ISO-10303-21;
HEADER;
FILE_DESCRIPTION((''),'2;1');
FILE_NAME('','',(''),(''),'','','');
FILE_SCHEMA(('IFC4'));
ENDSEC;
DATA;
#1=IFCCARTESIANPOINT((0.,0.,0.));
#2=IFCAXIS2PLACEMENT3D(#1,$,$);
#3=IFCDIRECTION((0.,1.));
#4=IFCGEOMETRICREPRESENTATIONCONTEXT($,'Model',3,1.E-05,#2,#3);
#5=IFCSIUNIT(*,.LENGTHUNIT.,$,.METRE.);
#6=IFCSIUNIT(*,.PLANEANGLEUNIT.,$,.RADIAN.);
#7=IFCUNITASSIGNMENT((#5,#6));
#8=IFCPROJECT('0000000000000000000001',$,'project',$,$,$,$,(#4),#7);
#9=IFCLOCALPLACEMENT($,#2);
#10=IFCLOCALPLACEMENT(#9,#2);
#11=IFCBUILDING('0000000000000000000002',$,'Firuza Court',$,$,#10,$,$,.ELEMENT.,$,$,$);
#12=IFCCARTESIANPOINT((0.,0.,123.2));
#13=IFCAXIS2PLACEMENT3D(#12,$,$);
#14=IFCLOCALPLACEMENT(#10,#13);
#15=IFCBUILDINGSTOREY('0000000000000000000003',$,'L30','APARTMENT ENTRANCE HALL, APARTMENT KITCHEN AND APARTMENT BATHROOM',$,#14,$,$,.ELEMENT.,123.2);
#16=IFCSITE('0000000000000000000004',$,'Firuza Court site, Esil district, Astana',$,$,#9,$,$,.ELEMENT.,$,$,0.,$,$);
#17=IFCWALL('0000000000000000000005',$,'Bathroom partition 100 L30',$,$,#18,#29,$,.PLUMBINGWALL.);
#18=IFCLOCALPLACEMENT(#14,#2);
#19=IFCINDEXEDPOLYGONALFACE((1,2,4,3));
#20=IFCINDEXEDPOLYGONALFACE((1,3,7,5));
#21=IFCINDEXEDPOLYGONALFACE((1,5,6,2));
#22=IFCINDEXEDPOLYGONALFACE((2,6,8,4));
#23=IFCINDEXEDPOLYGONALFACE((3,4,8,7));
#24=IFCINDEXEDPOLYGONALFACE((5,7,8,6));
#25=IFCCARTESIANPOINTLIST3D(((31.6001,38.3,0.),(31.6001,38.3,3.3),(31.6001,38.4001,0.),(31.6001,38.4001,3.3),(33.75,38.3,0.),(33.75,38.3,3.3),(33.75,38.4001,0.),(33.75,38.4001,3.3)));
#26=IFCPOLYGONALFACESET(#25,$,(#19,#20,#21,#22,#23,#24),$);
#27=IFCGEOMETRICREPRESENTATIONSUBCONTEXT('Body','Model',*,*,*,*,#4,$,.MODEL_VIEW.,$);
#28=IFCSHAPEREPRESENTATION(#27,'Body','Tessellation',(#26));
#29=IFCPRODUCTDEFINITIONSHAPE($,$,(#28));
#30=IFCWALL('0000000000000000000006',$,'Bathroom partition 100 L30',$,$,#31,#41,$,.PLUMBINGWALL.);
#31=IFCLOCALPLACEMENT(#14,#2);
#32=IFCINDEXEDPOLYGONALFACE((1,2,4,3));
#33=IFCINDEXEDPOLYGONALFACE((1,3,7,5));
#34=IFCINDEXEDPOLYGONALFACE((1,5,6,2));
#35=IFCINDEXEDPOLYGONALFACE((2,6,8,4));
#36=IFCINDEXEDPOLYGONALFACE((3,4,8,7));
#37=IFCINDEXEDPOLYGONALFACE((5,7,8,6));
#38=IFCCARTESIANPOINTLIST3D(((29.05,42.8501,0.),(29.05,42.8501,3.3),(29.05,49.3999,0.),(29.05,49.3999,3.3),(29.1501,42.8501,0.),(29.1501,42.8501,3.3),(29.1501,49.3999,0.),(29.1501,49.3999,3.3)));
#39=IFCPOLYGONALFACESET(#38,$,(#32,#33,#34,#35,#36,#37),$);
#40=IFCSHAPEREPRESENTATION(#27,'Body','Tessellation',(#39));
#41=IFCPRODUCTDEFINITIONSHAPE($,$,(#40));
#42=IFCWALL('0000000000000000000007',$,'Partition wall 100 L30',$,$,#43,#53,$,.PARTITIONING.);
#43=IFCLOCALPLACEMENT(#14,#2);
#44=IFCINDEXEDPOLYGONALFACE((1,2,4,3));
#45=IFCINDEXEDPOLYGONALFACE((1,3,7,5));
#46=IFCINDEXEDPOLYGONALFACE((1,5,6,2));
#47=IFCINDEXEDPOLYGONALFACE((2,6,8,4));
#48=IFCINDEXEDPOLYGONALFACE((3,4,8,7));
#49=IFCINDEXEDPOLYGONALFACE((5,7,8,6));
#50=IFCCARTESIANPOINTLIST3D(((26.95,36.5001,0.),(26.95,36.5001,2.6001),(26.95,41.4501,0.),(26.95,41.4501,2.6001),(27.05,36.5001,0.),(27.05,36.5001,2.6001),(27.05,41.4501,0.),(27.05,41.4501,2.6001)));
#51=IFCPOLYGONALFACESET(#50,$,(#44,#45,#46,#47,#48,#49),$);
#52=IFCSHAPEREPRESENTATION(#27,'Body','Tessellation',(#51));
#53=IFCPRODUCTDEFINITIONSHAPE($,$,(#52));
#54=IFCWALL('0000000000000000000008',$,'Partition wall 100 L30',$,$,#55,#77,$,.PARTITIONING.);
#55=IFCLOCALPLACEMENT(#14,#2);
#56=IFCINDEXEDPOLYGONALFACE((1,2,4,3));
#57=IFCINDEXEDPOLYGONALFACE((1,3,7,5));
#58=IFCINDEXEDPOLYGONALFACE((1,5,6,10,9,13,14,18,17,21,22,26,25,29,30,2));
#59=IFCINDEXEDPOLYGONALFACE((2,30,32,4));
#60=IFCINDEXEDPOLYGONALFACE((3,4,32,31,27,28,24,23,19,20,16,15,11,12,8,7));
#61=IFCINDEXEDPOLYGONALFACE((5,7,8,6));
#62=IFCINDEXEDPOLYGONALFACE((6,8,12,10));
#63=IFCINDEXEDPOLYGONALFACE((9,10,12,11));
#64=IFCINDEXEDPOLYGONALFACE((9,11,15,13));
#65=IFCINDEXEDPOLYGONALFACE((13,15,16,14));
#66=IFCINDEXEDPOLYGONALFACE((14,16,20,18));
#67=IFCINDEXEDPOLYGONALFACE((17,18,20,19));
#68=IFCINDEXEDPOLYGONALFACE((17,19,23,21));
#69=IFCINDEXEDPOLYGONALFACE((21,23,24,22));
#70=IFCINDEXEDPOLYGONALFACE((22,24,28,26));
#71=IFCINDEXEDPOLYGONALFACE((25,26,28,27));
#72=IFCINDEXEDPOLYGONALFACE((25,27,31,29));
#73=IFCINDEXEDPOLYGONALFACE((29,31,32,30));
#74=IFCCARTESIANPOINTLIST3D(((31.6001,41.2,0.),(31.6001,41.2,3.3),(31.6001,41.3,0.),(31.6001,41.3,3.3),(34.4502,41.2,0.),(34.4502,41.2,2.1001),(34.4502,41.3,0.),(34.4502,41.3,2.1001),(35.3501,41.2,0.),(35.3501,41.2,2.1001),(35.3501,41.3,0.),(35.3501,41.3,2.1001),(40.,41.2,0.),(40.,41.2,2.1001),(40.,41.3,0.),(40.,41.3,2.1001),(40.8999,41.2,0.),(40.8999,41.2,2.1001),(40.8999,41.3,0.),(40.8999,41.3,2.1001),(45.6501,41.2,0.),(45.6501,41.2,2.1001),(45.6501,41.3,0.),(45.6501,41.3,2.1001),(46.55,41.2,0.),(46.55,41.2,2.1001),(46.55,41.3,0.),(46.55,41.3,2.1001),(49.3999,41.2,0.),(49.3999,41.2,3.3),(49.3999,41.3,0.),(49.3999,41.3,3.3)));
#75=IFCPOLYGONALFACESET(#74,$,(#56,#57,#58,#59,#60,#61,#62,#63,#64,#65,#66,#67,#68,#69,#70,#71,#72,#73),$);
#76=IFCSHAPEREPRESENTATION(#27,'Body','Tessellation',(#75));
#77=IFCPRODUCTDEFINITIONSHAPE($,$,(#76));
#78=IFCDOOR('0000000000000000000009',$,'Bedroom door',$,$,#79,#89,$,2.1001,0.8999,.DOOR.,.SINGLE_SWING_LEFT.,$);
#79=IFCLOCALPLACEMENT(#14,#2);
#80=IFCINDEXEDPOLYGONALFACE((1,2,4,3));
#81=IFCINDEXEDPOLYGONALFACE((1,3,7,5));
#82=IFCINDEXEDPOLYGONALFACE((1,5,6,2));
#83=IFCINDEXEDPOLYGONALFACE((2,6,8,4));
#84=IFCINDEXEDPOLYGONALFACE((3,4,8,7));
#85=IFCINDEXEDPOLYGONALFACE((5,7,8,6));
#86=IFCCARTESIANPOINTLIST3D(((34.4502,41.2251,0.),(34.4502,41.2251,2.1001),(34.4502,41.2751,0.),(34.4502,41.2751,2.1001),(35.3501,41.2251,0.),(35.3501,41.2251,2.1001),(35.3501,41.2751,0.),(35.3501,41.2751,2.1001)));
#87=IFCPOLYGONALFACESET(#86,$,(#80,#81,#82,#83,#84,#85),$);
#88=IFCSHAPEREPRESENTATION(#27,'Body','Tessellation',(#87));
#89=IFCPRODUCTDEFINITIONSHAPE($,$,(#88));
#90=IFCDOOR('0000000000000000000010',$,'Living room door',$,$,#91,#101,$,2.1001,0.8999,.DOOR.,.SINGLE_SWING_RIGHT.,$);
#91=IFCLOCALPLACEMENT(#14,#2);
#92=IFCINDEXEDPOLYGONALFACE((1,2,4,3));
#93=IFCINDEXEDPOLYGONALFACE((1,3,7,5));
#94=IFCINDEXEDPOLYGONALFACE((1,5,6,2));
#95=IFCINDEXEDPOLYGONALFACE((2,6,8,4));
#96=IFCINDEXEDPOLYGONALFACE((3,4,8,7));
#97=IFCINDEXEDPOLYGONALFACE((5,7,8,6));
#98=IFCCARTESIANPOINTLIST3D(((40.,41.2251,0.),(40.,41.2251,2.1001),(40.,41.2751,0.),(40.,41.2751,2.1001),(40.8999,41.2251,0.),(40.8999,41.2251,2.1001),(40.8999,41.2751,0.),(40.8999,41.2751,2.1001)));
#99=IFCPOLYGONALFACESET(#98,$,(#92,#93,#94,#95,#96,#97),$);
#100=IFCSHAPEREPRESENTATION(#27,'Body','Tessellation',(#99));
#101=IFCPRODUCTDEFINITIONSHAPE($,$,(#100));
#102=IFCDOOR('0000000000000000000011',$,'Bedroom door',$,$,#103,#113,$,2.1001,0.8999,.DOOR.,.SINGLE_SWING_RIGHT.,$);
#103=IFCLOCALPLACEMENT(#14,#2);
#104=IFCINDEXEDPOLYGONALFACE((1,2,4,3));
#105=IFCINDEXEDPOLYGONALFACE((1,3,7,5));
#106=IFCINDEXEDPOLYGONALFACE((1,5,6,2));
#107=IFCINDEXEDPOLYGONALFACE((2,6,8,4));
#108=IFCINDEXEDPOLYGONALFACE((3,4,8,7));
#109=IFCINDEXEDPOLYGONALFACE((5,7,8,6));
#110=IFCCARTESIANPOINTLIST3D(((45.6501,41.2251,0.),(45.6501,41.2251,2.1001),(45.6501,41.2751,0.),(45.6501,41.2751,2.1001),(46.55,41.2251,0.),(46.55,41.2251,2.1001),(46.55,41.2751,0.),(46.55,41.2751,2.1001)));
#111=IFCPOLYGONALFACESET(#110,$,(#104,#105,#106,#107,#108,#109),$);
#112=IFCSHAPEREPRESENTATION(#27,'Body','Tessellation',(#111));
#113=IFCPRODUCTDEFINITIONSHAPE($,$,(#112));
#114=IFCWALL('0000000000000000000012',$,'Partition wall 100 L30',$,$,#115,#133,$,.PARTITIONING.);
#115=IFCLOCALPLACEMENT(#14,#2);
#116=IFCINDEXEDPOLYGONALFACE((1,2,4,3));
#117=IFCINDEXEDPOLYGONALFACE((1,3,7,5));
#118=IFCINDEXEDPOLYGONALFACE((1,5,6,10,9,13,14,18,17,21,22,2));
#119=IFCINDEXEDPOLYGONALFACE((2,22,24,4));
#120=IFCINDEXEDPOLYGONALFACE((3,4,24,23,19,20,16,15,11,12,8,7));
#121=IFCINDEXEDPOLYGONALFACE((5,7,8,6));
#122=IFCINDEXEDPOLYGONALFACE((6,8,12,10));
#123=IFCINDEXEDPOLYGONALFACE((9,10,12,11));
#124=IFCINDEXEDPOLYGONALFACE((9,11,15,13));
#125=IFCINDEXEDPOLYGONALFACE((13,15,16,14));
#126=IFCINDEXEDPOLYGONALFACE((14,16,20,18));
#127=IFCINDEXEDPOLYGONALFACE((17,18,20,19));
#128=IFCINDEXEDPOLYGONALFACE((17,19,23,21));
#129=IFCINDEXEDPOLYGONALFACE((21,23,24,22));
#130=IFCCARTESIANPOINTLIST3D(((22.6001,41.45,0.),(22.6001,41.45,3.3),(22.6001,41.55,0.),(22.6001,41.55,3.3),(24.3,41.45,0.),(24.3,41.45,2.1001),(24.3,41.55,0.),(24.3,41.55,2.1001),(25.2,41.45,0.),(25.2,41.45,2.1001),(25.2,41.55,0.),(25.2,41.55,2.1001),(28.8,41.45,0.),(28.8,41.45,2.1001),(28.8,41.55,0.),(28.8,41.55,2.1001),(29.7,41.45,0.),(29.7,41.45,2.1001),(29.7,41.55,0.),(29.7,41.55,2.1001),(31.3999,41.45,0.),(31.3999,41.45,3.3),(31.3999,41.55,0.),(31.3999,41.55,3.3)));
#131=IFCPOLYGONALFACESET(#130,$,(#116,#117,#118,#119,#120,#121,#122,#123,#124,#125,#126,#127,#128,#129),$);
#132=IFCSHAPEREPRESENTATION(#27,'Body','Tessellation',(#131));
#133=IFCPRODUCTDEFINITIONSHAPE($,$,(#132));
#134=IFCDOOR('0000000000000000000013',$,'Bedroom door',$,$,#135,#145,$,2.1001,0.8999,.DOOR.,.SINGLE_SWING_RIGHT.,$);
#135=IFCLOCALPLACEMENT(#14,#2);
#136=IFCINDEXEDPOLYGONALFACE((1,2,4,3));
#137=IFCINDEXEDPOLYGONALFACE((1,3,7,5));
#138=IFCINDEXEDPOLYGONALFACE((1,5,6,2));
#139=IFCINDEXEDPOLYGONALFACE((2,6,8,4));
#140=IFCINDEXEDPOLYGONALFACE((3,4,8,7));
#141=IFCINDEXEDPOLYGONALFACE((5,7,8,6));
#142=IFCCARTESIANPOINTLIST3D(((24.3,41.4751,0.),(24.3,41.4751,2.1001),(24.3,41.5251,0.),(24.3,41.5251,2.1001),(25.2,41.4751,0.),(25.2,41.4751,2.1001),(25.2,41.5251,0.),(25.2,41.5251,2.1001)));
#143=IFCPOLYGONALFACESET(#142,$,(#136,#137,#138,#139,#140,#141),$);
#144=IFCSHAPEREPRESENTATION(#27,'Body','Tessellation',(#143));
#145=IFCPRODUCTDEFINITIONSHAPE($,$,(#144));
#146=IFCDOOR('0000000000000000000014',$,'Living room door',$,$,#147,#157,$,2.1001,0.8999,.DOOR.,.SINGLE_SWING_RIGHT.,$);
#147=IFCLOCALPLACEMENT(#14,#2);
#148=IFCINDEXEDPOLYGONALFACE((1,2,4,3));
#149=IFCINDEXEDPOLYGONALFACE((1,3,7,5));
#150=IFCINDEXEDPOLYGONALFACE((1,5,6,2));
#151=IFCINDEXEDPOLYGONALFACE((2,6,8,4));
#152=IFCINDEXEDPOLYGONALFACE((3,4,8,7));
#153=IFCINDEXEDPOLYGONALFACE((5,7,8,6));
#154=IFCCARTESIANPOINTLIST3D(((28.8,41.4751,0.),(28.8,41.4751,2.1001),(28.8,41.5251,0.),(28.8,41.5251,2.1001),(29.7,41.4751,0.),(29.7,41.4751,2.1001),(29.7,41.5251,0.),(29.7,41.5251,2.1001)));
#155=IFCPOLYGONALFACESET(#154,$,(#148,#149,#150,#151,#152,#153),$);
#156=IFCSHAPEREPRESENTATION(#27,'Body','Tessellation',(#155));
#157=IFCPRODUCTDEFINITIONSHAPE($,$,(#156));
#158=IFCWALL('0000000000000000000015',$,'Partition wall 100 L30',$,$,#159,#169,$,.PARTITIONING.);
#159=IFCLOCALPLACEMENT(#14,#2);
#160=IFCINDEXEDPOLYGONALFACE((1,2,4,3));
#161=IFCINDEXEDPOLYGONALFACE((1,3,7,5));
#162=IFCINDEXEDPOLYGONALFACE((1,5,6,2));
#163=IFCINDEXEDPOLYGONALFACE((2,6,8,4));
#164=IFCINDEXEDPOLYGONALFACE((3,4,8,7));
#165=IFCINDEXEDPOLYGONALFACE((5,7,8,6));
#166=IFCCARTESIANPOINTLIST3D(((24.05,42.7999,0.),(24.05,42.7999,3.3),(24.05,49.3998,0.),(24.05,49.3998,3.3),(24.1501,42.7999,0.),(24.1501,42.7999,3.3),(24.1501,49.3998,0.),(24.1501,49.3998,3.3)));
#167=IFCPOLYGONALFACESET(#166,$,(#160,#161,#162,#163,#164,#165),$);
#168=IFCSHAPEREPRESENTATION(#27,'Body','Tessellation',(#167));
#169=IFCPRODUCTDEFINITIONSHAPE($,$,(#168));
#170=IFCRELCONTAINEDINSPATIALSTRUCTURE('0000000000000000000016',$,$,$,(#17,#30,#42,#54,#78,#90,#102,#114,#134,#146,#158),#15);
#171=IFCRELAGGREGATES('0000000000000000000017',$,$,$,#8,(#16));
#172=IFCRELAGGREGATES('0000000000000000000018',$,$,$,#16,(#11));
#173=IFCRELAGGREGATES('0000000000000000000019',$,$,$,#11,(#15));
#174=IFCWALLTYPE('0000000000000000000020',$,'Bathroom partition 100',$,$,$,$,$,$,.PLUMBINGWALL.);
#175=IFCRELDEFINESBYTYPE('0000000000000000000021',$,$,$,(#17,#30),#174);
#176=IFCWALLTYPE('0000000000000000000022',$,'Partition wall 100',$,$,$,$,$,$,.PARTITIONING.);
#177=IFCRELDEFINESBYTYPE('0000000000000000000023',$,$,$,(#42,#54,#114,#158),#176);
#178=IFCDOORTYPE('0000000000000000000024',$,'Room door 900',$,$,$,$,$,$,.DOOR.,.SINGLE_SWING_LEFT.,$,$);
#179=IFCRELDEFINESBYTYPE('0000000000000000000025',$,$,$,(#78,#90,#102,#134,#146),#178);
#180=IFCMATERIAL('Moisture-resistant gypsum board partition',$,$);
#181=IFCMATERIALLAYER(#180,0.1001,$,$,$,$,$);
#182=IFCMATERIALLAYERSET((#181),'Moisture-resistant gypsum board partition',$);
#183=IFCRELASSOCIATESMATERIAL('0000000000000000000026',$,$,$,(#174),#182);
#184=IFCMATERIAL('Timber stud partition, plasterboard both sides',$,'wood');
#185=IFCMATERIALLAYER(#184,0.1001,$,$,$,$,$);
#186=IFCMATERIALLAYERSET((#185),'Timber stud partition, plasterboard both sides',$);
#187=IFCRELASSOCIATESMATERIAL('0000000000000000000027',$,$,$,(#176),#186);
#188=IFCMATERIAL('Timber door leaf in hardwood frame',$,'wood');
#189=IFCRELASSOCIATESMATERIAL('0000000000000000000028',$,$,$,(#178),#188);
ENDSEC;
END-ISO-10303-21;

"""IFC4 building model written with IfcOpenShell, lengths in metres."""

from ifc_helpers import new_model, si_unit, direction, frame, frame_2d, origin, place, context, subcontext, project, spatial, rectangle, extrude, material, layer, layer_set, type_object, element, fill, save


model = new_model("IFC4")

# Units and contexts
model_context = context("Model", 3, precision=1e-05, world=origin(), true_north=direction((0.0, 1.0)))
body_context = subcontext(model_context, "Body", "Model", "MODEL_VIEW")
ifc_project = project(units=[si_unit("LENGTHUNIT", "METRE"), si_unit("PLANEANGLEUNIT", "RADIAN")], contexts=[model_context])

# Site, building, storey
site_placement = place(None, origin())
site = spatial("IfcSite", under=ifc_project, at=site_placement, Name="Firuza Court site, Esil district, Astana", CompositionType="ELEMENT", RefElevation=0.0)
building_placement = place(site_placement, origin())
building = spatial("IfcBuilding", under=site, at=building_placement, Name="Firuza Court", CompositionType="ELEMENT")
storey_placement = place(building_placement, frame((0.0, 0.0, 123.2)))
storey = spatial("IfcBuildingStorey", under=building, at=storey_placement, Name="L30", Description="APARTMENT ENTRANCE HALL, APARTMENT KITCHEN AND APARTMENT BATHROOM", CompositionType="ELEMENT", Elevation=123.2)

# Walls
ifc_material_1 = material(Name="Moisture-resistant gypsum board partition")
ifc_layer_1 = layer(ifc_material_1, 0.1001)
ifc_layer_set_1 = layer_set([ifc_layer_1], Name="Moisture-resistant gypsum board partition")
wall_type_1 = type_object("IfcWallType", Name="Bathroom partition 100", PredefinedType="PLUMBINGWALL", material=ifc_layer_set_1)
wall_1_placement = place(storey_placement, frame((31.6001, 38.3501, 0.0), z_axis=(0.0, 0.0, 1.0), x_axis=(1.0, 0.0, 0.0)))
element("IfcWall", 1, at=wall_1_placement, inside=storey, type_object=wall_type_1, Name="Bathroom partition 100 L30", PredefinedType="PLUMBINGWALL", context=body_context, shape_type="SweptSolid", body=[
    extrude(rectangle(XDim=2.1499, YDim=0.1001, at=frame_2d((1.075, 0.0))), origin(), (0.0, 0.0, 1.0), 3.3),
])
wall_2_placement = place(storey_placement, frame((29.1001, 42.8501, 0.0), z_axis=(0.0, 0.0, 1.0), x_axis=(0.0, 1.0, 0.0)))
element("IfcWall", 2, at=wall_2_placement, inside=storey, type_object=wall_type_1, Name="Bathroom partition 100 L30", PredefinedType="PLUMBINGWALL", context=body_context, shape_type="SweptSolid", body=[
    extrude(rectangle(XDim=6.5498, YDim=0.1001, at=frame_2d((3.2749, 0.0))), origin(), (0.0, 0.0, 1.0), 3.3),
])
ifc_material_2 = material(Name="Timber stud partition, plasterboard both sides", Category="wood")
ifc_layer_2 = layer(ifc_material_2, 0.1001)
ifc_layer_set_2 = layer_set([ifc_layer_2], Name="Timber stud partition, plasterboard both sides")
wall_type_2 = type_object("IfcWallType", Name="Partition wall 100", PredefinedType="PARTITIONING", material=ifc_layer_set_2)
wall_3_placement = place(storey_placement, frame((27.0, 36.5, 0.0), z_axis=(0.0, 0.0, 1.0), x_axis=(0.0, 1.0, 0.0)))
element("IfcWall", 3, at=wall_3_placement, inside=storey, type_object=wall_type_2, Name="Partition wall 100 L30", PredefinedType="PARTITIONING", context=body_context, shape_type="SweptSolid", body=[
    extrude(rectangle(XDim=4.95, YDim=0.1001, at=frame_2d((2.4751, 0.0))), origin(), (0.0, 0.0, 1.0), 2.6001),
])

# Walls, openings, doors
wall_4_placement = place(storey_placement, frame((31.6001, 41.25, 0.0), z_axis=(0.0, 0.0, 1.0), x_axis=(1.0, 0.0, 0.0)))
wall_4 = element("IfcWall", 4, at=wall_4_placement, inside=storey, type_object=wall_type_2, Name="Partition wall 100 L30", PredefinedType="PARTITIONING", context=body_context, shape_type="SweptSolid", body=[
    extrude(rectangle(XDim=17.7998, YDim=0.1001, at=frame_2d((8.8999, 0.0))), origin(), (0.0, 0.0, 1.0), 3.3),
])
opening_1_placement = place(wall_4_placement, frame((2.8501, 0.0, 0.0)))
opening_1 = element("IfcOpeningElement", 5, at=opening_1_placement, cuts=wall_4, PredefinedType="OPENING", context=body_context, shape_type="SweptSolid", body=[
    extrude(rectangle(XDim=0.8999, YDim=2.1001, at=frame_2d((0.45, 1.05))), frame((0.0, 0.062, 0.0), z_axis=(0.0, -1.0, 0.0), x_axis=(1.0, 0.0, 0.0)), (0.0, 0.0, 1.0), 0.124),
])
opening_2_placement = place(wall_4_placement, frame((8.3999, 0.0, 0.0)))
opening_2 = element("IfcOpeningElement", 6, at=opening_2_placement, cuts=wall_4, PredefinedType="OPENING", context=body_context, shape_type="SweptSolid", body=[
    extrude(rectangle(XDim=0.8999, YDim=2.1001, at=frame_2d((0.45, 1.05))), frame((0.0, 0.062, 0.0), z_axis=(0.0, -1.0, 0.0), x_axis=(1.0, 0.0, 0.0)), (0.0, 0.0, 1.0), 0.124),
])
opening_3_placement = place(wall_4_placement, frame((14.05, 0.0, 0.0)))
opening_3 = element("IfcOpeningElement", 7, at=opening_3_placement, cuts=wall_4, PredefinedType="OPENING", context=body_context, shape_type="SweptSolid", body=[
    extrude(rectangle(XDim=0.8999, YDim=2.1001, at=frame_2d((0.45, 1.05))), frame((0.0, 0.062, 0.0), z_axis=(0.0, -1.0, 0.0), x_axis=(1.0, 0.0, 0.0)), (0.0, 0.0, 1.0), 0.124),
])
ifc_material_3 = material(Name="Timber door leaf in hardwood frame", Category="wood")
door_type_1 = type_object("IfcDoorType", Name="Room door 900", OperationType="SINGLE_SWING_LEFT", PredefinedType="DOOR", material=ifc_material_3)
door_1_placement = place(opening_1_placement, frame((0.8999, 0.0, 0.0), z_axis=(0.0, 0.0, 1.0), x_axis=(-1.0, 0.0, 0.0)))
door_1 = element("IfcDoor", 8, at=door_1_placement, inside=storey, type_object=door_type_1, Name="Bedroom door", OperationType="SINGLE_SWING_LEFT", OverallHeight=2.1001, OverallWidth=0.8999, PredefinedType="DOOR", context=body_context, shape_type="SweptSolid", body=[
    extrude(rectangle(XDim=0.8999, YDim=2.1001, at=frame_2d((0.45, 1.05))), frame((0.0, 0.0249, 0.0), z_axis=(0.0, -1.0, 0.0), x_axis=(1.0, 0.0, 0.0)), (0.0, 0.0, 1.0), 0.05),
])
fill(opening_1, door_1)
door_2_placement = place(opening_2_placement, frame((0.8999, 0.0, 0.0), z_axis=(0.0, 0.0, 1.0), x_axis=(-1.0, 0.0, 0.0)))
door_2 = element("IfcDoor", 9, at=door_2_placement, inside=storey, type_object=door_type_1, Name="Living room door", OperationType="SINGLE_SWING_RIGHT", OverallHeight=2.1001, OverallWidth=0.8999, PredefinedType="DOOR", context=body_context, shape_type="SweptSolid", body=[
    extrude(rectangle(XDim=0.8999, YDim=2.1001, at=frame_2d((0.45, 1.05))), frame((0.0, 0.0249, 0.0), z_axis=(0.0, -1.0, 0.0), x_axis=(1.0, 0.0, 0.0)), (0.0, 0.0, 1.0), 0.05),
])
fill(opening_2, door_2)
door_3_placement = place(opening_3_placement, frame((0.8999, 0.0, 0.0), z_axis=(0.0, 0.0, 1.0), x_axis=(-1.0, 0.0, 0.0)))
door_3 = element("IfcDoor", 10, at=door_3_placement, inside=storey, type_object=door_type_1, Name="Bedroom door", OperationType="SINGLE_SWING_RIGHT", OverallHeight=2.1001, OverallWidth=0.8999, PredefinedType="DOOR", context=body_context, shape_type="SweptSolid", body=[
    extrude(rectangle(XDim=0.8999, YDim=2.1001, at=frame_2d((0.45, 1.05))), frame((0.0, 0.0249, 0.0), z_axis=(0.0, -1.0, 0.0), x_axis=(1.0, 0.0, 0.0)), (0.0, 0.0, 1.0), 0.05),
])
fill(opening_3, door_3)
wall_5_placement = place(storey_placement, frame((22.6001, 41.5, 0.0), z_axis=(0.0, 0.0, 1.0), x_axis=(1.0, 0.0, 0.0)))
wall_5 = element("IfcWall", 11, at=wall_5_placement, inside=storey, type_object=wall_type_2, Name="Partition wall 100 L30", PredefinedType="PARTITIONING", context=body_context, shape_type="SweptSolid", body=[
    extrude(rectangle(XDim=8.7998, YDim=0.1001, at=frame_2d((4.3999, 0.0))), origin(), (0.0, 0.0, 1.0), 3.3),
])
opening_4_placement = place(wall_5_placement, frame((1.7, 0.0, 0.0)))
opening_4 = element("IfcOpeningElement", 12, at=opening_4_placement, cuts=wall_5, PredefinedType="OPENING", context=body_context, shape_type="SweptSolid", body=[
    extrude(rectangle(XDim=0.8999, YDim=2.1001, at=frame_2d((0.45, 1.05))), frame((0.0, 0.062, 0.0), z_axis=(0.0, -1.0, 0.0), x_axis=(1.0, 0.0, 0.0)), (0.0, 0.0, 1.0), 0.124),
])
opening_5_placement = place(wall_5_placement, frame((6.2, 0.0, 0.0)))
opening_5 = element("IfcOpeningElement", 13, at=opening_5_placement, cuts=wall_5, PredefinedType="OPENING", context=body_context, shape_type="SweptSolid", body=[
    extrude(rectangle(XDim=0.8999, YDim=2.1001, at=frame_2d((0.45, 1.05))), frame((0.0, 0.062, 0.0), z_axis=(0.0, -1.0, 0.0), x_axis=(1.0, 0.0, 0.0)), (0.0, 0.0, 1.0), 0.124),
])
door_4_placement = place(opening_4_placement, frame((0.8999, 0.0, 0.0), z_axis=(0.0, 0.0, 1.0), x_axis=(-1.0, 0.0, 0.0)))
door_4 = element("IfcDoor", 14, at=door_4_placement, inside=storey, type_object=door_type_1, Name="Bedroom door", OperationType="SINGLE_SWING_RIGHT", OverallHeight=2.1001, OverallWidth=0.8999, PredefinedType="DOOR", context=body_context, shape_type="SweptSolid", body=[
    extrude(rectangle(XDim=0.8999, YDim=2.1001, at=frame_2d((0.45, 1.05))), frame((0.0, 0.0249, 0.0), z_axis=(0.0, -1.0, 0.0), x_axis=(1.0, 0.0, 0.0)), (0.0, 0.0, 1.0), 0.05),
])
fill(opening_4, door_4)
door_5_placement = place(opening_5_placement, frame((0.8999, 0.0, 0.0), z_axis=(0.0, 0.0, 1.0), x_axis=(-1.0, 0.0, 0.0)))
door_5 = element("IfcDoor", 15, at=door_5_placement, inside=storey, type_object=door_type_1, Name="Living room door", OperationType="SINGLE_SWING_RIGHT", OverallHeight=2.1001, OverallWidth=0.8999, PredefinedType="DOOR", context=body_context, shape_type="SweptSolid", body=[
    extrude(rectangle(XDim=0.8999, YDim=2.1001, at=frame_2d((0.45, 1.05))), frame((0.0, 0.0249, 0.0), z_axis=(0.0, -1.0, 0.0), x_axis=(1.0, 0.0, 0.0)), (0.0, 0.0, 1.0), 0.05),
])
fill(opening_5, door_5)

# Wall
wall_6_placement = place(storey_placement, frame((24.1001, 42.8, 0.0), z_axis=(0.0, 0.0, 1.0), x_axis=(0.0, 1.0, 0.0)))
element("IfcWall", 16, at=wall_6_placement, inside=storey, type_object=wall_type_2, Name="Partition wall 100 L30", PredefinedType="PARTITIONING", context=body_context, shape_type="SweptSolid", body=[
    extrude(rectangle(XDim=6.5999, YDim=0.1001, at=frame_2d((3.2998, 0.0))), origin(), (0.0, 0.0, 1.0), 3.3),
])

save(model, "model.ifc")
